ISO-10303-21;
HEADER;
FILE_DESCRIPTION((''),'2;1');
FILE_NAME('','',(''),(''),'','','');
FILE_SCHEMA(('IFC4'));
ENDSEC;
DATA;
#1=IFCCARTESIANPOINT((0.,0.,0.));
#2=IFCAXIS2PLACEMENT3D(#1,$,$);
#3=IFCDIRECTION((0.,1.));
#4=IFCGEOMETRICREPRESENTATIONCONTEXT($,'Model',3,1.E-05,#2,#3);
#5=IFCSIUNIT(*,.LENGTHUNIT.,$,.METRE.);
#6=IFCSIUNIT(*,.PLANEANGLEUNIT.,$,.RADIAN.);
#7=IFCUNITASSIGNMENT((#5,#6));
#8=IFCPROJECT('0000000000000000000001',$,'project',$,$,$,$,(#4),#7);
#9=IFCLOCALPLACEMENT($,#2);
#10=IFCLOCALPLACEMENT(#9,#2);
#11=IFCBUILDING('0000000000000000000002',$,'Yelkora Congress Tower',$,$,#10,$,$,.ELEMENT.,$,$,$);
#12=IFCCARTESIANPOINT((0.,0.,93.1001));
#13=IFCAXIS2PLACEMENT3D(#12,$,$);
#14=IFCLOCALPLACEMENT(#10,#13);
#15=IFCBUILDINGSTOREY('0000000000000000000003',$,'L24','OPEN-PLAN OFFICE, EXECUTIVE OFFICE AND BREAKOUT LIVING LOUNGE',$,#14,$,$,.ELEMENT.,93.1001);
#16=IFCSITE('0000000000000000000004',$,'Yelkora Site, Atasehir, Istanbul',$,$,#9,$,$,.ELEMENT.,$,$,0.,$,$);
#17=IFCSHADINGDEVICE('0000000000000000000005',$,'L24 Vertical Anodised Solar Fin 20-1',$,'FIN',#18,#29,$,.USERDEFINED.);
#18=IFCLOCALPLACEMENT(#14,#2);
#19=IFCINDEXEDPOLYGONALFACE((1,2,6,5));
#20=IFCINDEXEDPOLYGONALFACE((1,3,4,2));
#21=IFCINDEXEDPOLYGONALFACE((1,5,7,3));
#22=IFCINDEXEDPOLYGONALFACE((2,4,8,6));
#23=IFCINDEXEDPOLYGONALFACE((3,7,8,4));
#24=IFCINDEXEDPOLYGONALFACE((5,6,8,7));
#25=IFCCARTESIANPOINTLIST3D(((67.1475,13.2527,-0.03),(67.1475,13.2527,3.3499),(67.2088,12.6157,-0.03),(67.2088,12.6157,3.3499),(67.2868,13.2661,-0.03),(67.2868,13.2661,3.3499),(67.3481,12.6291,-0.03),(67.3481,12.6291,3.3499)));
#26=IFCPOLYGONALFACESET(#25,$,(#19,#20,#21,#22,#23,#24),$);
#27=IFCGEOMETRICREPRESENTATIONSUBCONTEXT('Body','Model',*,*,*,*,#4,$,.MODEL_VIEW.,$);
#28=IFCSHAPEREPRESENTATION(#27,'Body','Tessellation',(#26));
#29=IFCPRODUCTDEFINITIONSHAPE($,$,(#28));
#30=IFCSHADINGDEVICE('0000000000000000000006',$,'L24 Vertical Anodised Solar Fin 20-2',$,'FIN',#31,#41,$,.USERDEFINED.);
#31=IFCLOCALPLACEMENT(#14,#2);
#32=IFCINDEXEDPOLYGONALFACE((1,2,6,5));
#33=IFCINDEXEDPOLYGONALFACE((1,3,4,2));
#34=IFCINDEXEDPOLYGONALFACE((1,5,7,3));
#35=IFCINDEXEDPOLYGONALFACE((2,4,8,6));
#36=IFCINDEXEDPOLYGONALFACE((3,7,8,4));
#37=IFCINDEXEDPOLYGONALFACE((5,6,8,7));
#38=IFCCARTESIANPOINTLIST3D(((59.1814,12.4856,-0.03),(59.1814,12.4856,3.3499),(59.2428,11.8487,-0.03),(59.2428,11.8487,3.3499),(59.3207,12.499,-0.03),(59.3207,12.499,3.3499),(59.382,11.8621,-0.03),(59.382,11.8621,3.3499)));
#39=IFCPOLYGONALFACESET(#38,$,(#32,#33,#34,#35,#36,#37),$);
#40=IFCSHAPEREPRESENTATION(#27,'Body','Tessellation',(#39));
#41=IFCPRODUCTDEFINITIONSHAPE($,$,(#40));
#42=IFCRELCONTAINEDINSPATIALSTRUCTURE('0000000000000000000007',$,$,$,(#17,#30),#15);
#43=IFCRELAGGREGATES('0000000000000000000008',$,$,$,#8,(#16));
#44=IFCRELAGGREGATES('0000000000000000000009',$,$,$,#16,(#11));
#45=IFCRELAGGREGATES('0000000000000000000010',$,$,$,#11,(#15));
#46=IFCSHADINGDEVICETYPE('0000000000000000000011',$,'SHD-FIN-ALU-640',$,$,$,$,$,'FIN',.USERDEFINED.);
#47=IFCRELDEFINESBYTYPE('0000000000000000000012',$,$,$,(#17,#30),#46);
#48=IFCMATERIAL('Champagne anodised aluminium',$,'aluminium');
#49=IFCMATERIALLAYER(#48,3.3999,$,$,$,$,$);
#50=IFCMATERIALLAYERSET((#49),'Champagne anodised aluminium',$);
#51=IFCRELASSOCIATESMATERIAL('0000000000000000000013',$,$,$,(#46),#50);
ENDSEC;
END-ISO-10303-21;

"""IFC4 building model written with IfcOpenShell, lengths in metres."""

from ifc_helpers import new_model, si_unit, direction, frame, origin, origin_2d, place, context, subcontext, project, spatial, rectangle, extrude, material, layer, layer_set, type_object, element, save


model = new_model("IFC4")

# Units and contexts
model_context = context("Model", 3, precision=1e-05, world=origin(), true_north=direction((0.0, 1.0)))
body_context = subcontext(model_context, "Body", "Model", "MODEL_VIEW")
ifc_project = project(units=[si_unit("LENGTHUNIT", "METRE"), si_unit("PLANEANGLEUNIT", "RADIAN")], contexts=[model_context])

# Site, building, storey
site_placement = place(None, origin())
site = spatial("IfcSite", under=ifc_project, at=site_placement, Name="Yelkora Site, Atasehir, Istanbul", CompositionType="ELEMENT", RefElevation=0.0)
building_placement = place(site_placement, origin())
building = spatial("IfcBuilding", under=site, at=building_placement, Name="Yelkora Congress Tower", CompositionType="ELEMENT")
storey_placement = place(building_placement, frame((0.0, 0.0, 93.1001)))
storey = spatial("IfcBuildingStorey", under=building, at=storey_placement, Name="L24", Description="OPEN-PLAN OFFICE, EXECUTIVE OFFICE AND BREAKOUT LIVING LOUNGE", CompositionType="ELEMENT", Elevation=93.1001)

# Shading devices
ifc_material_1 = material(Name="Champagne anodised aluminium", Category="aluminium")
ifc_layer_1 = layer(ifc_material_1, 3.3999)
ifc_layer_set_1 = layer_set([ifc_layer_1], Name="Champagne anodised aluminium")
shading_device_type = type_object("IfcShadingDeviceType", Name="SHD-FIN-ALU-640", ElementType="FIN", PredefinedType="USERDEFINED", material=ifc_layer_set_1)
for number, where, z_axis, x_axis, name in (
    (1, (67.2478, 12.9409, -0.03), (0.0, 0.0, 1.0), (-0.995396, -0.095846, 0.0), "L24 Vertical Anodised Solar Fin 20-1"),
    (2, (59.2817, 12.1738, -0.03), (0.0, 0.0, 1.0), (-0.995396, -0.095846, 0.0), "L24 Vertical Anodised Solar Fin 20-2"),
):
    element("IfcShadingDevice", number, at=place(storey_placement, frame(where, z_axis=z_axis, x_axis=x_axis)), inside=storey, type_object=shading_device_type, Name=name, ObjectType="FIN", PredefinedType="USERDEFINED", context=body_context, shape_type="SweptSolid", body=[
        extrude(rectangle(XDim=0.1399, YDim=0.6399, at=origin_2d()), origin(), (0.0, 0.0, 1.0), 3.3799),
    ])

save(model, "model.ifc")
